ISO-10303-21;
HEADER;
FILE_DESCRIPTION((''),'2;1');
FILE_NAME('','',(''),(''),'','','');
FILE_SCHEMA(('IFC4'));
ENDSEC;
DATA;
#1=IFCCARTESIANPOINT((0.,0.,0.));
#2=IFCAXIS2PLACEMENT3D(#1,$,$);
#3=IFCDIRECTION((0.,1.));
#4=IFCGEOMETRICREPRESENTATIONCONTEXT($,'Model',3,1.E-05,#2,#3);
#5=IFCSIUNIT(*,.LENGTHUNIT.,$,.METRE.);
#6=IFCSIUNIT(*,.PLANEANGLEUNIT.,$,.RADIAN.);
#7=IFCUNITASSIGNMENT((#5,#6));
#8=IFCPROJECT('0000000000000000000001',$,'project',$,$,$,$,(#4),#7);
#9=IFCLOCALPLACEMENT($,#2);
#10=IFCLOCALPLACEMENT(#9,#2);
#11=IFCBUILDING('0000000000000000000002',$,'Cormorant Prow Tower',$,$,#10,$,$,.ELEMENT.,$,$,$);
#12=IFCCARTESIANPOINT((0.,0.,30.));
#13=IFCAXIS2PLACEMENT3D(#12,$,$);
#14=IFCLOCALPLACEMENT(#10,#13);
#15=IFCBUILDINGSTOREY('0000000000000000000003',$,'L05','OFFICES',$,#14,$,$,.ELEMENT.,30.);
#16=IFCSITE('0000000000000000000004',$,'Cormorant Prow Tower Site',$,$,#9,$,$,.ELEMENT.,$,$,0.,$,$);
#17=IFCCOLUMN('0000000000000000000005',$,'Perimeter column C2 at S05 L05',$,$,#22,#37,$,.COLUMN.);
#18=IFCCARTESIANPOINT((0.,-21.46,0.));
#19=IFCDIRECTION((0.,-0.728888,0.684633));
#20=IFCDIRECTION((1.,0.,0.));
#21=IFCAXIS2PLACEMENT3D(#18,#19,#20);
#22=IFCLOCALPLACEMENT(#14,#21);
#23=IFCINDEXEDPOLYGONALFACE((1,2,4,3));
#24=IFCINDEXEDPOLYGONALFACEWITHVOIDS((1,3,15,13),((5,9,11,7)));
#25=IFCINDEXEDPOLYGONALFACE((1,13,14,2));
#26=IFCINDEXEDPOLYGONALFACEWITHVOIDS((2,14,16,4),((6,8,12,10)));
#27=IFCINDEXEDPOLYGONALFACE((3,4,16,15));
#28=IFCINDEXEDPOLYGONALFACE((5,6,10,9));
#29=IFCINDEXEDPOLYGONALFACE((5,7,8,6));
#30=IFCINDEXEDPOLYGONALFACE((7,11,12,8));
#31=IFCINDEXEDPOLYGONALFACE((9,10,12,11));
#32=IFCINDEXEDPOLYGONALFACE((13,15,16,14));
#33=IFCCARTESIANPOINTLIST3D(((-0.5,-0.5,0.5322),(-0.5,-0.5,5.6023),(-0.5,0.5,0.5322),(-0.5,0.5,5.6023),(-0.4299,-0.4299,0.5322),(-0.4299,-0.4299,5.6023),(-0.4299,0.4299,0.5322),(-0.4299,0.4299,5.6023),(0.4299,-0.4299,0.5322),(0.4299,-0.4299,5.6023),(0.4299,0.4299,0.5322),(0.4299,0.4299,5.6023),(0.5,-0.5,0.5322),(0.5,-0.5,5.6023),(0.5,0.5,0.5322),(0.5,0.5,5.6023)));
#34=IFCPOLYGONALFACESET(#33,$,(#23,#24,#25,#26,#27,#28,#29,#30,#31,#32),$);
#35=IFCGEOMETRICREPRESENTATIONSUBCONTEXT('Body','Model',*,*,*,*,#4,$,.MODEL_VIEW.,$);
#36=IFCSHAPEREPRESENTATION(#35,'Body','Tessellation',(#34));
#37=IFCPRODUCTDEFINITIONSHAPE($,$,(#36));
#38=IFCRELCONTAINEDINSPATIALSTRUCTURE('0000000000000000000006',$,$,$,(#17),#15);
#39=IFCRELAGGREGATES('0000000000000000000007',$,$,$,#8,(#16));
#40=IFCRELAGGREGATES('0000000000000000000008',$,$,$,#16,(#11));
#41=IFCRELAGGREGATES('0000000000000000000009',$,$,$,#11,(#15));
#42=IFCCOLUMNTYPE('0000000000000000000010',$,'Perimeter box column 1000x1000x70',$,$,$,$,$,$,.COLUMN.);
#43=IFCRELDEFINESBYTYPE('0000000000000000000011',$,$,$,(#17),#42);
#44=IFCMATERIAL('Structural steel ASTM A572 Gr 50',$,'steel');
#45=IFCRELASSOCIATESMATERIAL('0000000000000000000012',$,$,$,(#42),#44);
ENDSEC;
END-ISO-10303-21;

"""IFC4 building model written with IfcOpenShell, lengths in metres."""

from ifc_helpers import new_model, si_unit, direction, frame, origin, origin_2d, place, context, subcontext, project, spatial, hollow_rectangle, extrude, material, material_profile, profile_set, type_object, element, save


model = new_model("IFC4")

# Units and contexts
model_context = context("Model", 3, precision=1e-05, world=origin(), true_north=direction((0.0, 1.0)))
body_context = subcontext(model_context, "Body", "Model", "MODEL_VIEW")
ifc_project = project(units=[si_unit("LENGTHUNIT", "METRE"), si_unit("PLANEANGLEUNIT", "RADIAN")], contexts=[model_context])

# Site, building, storey
site_placement = place(None, origin())
site = spatial("IfcSite", under=ifc_project, at=site_placement, Name="Cormorant Prow Tower Site", CompositionType="ELEMENT", RefElevation=0.0)
building_placement = place(site_placement, origin())
building = spatial("IfcBuilding", under=site, at=building_placement, Name="Cormorant Prow Tower", CompositionType="ELEMENT")
storey_placement = place(building_placement, frame((0.0, 0.0, 30.0)))
storey = spatial("IfcBuildingStorey", under=building, at=storey_placement, Name="L05", Description="OFFICES", CompositionType="ELEMENT", Elevation=30.0)

# Column
ifc_material_1 = material(Name="Structural steel ASTM A572 Gr 50", Category="steel")
ifc_material_profile_1 = material_profile(ifc_material_1, hollow_rectangle(XDim=1.0, YDim=1.0, WallThickness=0.0701, at=origin_2d()), Name="Box 1000x1000x70")
ifc_profile_set_1 = profile_set([ifc_material_profile_1], Name="Structural steel ASTM A572 Gr 50")
column_type = type_object("IfcColumnType", Name="Perimeter box column 1000x1000x70", PredefinedType="COLUMN", material=ifc_profile_set_1)
column_1_placement = place(storey_placement, frame((0.0, -21.46, 0.0), z_axis=(0.0, -0.728888, 0.684633), x_axis=(1.0, 0.0, 0.0)))
element("IfcColumn", 1, at=column_1_placement, inside=storey, type_object=column_type, Name="Perimeter column C2 at S05 L05", PredefinedType="COLUMN", context=body_context, shape_type="SweptSolid", body=[
    extrude(hollow_rectangle(XDim=1.0, YDim=1.0, WallThickness=0.0701, at=origin_2d()), frame((0.0, 0.0, 0.5322)), (0.0, 0.0, 1.0), 5.0701),
])

save(model, "model.ifc")
